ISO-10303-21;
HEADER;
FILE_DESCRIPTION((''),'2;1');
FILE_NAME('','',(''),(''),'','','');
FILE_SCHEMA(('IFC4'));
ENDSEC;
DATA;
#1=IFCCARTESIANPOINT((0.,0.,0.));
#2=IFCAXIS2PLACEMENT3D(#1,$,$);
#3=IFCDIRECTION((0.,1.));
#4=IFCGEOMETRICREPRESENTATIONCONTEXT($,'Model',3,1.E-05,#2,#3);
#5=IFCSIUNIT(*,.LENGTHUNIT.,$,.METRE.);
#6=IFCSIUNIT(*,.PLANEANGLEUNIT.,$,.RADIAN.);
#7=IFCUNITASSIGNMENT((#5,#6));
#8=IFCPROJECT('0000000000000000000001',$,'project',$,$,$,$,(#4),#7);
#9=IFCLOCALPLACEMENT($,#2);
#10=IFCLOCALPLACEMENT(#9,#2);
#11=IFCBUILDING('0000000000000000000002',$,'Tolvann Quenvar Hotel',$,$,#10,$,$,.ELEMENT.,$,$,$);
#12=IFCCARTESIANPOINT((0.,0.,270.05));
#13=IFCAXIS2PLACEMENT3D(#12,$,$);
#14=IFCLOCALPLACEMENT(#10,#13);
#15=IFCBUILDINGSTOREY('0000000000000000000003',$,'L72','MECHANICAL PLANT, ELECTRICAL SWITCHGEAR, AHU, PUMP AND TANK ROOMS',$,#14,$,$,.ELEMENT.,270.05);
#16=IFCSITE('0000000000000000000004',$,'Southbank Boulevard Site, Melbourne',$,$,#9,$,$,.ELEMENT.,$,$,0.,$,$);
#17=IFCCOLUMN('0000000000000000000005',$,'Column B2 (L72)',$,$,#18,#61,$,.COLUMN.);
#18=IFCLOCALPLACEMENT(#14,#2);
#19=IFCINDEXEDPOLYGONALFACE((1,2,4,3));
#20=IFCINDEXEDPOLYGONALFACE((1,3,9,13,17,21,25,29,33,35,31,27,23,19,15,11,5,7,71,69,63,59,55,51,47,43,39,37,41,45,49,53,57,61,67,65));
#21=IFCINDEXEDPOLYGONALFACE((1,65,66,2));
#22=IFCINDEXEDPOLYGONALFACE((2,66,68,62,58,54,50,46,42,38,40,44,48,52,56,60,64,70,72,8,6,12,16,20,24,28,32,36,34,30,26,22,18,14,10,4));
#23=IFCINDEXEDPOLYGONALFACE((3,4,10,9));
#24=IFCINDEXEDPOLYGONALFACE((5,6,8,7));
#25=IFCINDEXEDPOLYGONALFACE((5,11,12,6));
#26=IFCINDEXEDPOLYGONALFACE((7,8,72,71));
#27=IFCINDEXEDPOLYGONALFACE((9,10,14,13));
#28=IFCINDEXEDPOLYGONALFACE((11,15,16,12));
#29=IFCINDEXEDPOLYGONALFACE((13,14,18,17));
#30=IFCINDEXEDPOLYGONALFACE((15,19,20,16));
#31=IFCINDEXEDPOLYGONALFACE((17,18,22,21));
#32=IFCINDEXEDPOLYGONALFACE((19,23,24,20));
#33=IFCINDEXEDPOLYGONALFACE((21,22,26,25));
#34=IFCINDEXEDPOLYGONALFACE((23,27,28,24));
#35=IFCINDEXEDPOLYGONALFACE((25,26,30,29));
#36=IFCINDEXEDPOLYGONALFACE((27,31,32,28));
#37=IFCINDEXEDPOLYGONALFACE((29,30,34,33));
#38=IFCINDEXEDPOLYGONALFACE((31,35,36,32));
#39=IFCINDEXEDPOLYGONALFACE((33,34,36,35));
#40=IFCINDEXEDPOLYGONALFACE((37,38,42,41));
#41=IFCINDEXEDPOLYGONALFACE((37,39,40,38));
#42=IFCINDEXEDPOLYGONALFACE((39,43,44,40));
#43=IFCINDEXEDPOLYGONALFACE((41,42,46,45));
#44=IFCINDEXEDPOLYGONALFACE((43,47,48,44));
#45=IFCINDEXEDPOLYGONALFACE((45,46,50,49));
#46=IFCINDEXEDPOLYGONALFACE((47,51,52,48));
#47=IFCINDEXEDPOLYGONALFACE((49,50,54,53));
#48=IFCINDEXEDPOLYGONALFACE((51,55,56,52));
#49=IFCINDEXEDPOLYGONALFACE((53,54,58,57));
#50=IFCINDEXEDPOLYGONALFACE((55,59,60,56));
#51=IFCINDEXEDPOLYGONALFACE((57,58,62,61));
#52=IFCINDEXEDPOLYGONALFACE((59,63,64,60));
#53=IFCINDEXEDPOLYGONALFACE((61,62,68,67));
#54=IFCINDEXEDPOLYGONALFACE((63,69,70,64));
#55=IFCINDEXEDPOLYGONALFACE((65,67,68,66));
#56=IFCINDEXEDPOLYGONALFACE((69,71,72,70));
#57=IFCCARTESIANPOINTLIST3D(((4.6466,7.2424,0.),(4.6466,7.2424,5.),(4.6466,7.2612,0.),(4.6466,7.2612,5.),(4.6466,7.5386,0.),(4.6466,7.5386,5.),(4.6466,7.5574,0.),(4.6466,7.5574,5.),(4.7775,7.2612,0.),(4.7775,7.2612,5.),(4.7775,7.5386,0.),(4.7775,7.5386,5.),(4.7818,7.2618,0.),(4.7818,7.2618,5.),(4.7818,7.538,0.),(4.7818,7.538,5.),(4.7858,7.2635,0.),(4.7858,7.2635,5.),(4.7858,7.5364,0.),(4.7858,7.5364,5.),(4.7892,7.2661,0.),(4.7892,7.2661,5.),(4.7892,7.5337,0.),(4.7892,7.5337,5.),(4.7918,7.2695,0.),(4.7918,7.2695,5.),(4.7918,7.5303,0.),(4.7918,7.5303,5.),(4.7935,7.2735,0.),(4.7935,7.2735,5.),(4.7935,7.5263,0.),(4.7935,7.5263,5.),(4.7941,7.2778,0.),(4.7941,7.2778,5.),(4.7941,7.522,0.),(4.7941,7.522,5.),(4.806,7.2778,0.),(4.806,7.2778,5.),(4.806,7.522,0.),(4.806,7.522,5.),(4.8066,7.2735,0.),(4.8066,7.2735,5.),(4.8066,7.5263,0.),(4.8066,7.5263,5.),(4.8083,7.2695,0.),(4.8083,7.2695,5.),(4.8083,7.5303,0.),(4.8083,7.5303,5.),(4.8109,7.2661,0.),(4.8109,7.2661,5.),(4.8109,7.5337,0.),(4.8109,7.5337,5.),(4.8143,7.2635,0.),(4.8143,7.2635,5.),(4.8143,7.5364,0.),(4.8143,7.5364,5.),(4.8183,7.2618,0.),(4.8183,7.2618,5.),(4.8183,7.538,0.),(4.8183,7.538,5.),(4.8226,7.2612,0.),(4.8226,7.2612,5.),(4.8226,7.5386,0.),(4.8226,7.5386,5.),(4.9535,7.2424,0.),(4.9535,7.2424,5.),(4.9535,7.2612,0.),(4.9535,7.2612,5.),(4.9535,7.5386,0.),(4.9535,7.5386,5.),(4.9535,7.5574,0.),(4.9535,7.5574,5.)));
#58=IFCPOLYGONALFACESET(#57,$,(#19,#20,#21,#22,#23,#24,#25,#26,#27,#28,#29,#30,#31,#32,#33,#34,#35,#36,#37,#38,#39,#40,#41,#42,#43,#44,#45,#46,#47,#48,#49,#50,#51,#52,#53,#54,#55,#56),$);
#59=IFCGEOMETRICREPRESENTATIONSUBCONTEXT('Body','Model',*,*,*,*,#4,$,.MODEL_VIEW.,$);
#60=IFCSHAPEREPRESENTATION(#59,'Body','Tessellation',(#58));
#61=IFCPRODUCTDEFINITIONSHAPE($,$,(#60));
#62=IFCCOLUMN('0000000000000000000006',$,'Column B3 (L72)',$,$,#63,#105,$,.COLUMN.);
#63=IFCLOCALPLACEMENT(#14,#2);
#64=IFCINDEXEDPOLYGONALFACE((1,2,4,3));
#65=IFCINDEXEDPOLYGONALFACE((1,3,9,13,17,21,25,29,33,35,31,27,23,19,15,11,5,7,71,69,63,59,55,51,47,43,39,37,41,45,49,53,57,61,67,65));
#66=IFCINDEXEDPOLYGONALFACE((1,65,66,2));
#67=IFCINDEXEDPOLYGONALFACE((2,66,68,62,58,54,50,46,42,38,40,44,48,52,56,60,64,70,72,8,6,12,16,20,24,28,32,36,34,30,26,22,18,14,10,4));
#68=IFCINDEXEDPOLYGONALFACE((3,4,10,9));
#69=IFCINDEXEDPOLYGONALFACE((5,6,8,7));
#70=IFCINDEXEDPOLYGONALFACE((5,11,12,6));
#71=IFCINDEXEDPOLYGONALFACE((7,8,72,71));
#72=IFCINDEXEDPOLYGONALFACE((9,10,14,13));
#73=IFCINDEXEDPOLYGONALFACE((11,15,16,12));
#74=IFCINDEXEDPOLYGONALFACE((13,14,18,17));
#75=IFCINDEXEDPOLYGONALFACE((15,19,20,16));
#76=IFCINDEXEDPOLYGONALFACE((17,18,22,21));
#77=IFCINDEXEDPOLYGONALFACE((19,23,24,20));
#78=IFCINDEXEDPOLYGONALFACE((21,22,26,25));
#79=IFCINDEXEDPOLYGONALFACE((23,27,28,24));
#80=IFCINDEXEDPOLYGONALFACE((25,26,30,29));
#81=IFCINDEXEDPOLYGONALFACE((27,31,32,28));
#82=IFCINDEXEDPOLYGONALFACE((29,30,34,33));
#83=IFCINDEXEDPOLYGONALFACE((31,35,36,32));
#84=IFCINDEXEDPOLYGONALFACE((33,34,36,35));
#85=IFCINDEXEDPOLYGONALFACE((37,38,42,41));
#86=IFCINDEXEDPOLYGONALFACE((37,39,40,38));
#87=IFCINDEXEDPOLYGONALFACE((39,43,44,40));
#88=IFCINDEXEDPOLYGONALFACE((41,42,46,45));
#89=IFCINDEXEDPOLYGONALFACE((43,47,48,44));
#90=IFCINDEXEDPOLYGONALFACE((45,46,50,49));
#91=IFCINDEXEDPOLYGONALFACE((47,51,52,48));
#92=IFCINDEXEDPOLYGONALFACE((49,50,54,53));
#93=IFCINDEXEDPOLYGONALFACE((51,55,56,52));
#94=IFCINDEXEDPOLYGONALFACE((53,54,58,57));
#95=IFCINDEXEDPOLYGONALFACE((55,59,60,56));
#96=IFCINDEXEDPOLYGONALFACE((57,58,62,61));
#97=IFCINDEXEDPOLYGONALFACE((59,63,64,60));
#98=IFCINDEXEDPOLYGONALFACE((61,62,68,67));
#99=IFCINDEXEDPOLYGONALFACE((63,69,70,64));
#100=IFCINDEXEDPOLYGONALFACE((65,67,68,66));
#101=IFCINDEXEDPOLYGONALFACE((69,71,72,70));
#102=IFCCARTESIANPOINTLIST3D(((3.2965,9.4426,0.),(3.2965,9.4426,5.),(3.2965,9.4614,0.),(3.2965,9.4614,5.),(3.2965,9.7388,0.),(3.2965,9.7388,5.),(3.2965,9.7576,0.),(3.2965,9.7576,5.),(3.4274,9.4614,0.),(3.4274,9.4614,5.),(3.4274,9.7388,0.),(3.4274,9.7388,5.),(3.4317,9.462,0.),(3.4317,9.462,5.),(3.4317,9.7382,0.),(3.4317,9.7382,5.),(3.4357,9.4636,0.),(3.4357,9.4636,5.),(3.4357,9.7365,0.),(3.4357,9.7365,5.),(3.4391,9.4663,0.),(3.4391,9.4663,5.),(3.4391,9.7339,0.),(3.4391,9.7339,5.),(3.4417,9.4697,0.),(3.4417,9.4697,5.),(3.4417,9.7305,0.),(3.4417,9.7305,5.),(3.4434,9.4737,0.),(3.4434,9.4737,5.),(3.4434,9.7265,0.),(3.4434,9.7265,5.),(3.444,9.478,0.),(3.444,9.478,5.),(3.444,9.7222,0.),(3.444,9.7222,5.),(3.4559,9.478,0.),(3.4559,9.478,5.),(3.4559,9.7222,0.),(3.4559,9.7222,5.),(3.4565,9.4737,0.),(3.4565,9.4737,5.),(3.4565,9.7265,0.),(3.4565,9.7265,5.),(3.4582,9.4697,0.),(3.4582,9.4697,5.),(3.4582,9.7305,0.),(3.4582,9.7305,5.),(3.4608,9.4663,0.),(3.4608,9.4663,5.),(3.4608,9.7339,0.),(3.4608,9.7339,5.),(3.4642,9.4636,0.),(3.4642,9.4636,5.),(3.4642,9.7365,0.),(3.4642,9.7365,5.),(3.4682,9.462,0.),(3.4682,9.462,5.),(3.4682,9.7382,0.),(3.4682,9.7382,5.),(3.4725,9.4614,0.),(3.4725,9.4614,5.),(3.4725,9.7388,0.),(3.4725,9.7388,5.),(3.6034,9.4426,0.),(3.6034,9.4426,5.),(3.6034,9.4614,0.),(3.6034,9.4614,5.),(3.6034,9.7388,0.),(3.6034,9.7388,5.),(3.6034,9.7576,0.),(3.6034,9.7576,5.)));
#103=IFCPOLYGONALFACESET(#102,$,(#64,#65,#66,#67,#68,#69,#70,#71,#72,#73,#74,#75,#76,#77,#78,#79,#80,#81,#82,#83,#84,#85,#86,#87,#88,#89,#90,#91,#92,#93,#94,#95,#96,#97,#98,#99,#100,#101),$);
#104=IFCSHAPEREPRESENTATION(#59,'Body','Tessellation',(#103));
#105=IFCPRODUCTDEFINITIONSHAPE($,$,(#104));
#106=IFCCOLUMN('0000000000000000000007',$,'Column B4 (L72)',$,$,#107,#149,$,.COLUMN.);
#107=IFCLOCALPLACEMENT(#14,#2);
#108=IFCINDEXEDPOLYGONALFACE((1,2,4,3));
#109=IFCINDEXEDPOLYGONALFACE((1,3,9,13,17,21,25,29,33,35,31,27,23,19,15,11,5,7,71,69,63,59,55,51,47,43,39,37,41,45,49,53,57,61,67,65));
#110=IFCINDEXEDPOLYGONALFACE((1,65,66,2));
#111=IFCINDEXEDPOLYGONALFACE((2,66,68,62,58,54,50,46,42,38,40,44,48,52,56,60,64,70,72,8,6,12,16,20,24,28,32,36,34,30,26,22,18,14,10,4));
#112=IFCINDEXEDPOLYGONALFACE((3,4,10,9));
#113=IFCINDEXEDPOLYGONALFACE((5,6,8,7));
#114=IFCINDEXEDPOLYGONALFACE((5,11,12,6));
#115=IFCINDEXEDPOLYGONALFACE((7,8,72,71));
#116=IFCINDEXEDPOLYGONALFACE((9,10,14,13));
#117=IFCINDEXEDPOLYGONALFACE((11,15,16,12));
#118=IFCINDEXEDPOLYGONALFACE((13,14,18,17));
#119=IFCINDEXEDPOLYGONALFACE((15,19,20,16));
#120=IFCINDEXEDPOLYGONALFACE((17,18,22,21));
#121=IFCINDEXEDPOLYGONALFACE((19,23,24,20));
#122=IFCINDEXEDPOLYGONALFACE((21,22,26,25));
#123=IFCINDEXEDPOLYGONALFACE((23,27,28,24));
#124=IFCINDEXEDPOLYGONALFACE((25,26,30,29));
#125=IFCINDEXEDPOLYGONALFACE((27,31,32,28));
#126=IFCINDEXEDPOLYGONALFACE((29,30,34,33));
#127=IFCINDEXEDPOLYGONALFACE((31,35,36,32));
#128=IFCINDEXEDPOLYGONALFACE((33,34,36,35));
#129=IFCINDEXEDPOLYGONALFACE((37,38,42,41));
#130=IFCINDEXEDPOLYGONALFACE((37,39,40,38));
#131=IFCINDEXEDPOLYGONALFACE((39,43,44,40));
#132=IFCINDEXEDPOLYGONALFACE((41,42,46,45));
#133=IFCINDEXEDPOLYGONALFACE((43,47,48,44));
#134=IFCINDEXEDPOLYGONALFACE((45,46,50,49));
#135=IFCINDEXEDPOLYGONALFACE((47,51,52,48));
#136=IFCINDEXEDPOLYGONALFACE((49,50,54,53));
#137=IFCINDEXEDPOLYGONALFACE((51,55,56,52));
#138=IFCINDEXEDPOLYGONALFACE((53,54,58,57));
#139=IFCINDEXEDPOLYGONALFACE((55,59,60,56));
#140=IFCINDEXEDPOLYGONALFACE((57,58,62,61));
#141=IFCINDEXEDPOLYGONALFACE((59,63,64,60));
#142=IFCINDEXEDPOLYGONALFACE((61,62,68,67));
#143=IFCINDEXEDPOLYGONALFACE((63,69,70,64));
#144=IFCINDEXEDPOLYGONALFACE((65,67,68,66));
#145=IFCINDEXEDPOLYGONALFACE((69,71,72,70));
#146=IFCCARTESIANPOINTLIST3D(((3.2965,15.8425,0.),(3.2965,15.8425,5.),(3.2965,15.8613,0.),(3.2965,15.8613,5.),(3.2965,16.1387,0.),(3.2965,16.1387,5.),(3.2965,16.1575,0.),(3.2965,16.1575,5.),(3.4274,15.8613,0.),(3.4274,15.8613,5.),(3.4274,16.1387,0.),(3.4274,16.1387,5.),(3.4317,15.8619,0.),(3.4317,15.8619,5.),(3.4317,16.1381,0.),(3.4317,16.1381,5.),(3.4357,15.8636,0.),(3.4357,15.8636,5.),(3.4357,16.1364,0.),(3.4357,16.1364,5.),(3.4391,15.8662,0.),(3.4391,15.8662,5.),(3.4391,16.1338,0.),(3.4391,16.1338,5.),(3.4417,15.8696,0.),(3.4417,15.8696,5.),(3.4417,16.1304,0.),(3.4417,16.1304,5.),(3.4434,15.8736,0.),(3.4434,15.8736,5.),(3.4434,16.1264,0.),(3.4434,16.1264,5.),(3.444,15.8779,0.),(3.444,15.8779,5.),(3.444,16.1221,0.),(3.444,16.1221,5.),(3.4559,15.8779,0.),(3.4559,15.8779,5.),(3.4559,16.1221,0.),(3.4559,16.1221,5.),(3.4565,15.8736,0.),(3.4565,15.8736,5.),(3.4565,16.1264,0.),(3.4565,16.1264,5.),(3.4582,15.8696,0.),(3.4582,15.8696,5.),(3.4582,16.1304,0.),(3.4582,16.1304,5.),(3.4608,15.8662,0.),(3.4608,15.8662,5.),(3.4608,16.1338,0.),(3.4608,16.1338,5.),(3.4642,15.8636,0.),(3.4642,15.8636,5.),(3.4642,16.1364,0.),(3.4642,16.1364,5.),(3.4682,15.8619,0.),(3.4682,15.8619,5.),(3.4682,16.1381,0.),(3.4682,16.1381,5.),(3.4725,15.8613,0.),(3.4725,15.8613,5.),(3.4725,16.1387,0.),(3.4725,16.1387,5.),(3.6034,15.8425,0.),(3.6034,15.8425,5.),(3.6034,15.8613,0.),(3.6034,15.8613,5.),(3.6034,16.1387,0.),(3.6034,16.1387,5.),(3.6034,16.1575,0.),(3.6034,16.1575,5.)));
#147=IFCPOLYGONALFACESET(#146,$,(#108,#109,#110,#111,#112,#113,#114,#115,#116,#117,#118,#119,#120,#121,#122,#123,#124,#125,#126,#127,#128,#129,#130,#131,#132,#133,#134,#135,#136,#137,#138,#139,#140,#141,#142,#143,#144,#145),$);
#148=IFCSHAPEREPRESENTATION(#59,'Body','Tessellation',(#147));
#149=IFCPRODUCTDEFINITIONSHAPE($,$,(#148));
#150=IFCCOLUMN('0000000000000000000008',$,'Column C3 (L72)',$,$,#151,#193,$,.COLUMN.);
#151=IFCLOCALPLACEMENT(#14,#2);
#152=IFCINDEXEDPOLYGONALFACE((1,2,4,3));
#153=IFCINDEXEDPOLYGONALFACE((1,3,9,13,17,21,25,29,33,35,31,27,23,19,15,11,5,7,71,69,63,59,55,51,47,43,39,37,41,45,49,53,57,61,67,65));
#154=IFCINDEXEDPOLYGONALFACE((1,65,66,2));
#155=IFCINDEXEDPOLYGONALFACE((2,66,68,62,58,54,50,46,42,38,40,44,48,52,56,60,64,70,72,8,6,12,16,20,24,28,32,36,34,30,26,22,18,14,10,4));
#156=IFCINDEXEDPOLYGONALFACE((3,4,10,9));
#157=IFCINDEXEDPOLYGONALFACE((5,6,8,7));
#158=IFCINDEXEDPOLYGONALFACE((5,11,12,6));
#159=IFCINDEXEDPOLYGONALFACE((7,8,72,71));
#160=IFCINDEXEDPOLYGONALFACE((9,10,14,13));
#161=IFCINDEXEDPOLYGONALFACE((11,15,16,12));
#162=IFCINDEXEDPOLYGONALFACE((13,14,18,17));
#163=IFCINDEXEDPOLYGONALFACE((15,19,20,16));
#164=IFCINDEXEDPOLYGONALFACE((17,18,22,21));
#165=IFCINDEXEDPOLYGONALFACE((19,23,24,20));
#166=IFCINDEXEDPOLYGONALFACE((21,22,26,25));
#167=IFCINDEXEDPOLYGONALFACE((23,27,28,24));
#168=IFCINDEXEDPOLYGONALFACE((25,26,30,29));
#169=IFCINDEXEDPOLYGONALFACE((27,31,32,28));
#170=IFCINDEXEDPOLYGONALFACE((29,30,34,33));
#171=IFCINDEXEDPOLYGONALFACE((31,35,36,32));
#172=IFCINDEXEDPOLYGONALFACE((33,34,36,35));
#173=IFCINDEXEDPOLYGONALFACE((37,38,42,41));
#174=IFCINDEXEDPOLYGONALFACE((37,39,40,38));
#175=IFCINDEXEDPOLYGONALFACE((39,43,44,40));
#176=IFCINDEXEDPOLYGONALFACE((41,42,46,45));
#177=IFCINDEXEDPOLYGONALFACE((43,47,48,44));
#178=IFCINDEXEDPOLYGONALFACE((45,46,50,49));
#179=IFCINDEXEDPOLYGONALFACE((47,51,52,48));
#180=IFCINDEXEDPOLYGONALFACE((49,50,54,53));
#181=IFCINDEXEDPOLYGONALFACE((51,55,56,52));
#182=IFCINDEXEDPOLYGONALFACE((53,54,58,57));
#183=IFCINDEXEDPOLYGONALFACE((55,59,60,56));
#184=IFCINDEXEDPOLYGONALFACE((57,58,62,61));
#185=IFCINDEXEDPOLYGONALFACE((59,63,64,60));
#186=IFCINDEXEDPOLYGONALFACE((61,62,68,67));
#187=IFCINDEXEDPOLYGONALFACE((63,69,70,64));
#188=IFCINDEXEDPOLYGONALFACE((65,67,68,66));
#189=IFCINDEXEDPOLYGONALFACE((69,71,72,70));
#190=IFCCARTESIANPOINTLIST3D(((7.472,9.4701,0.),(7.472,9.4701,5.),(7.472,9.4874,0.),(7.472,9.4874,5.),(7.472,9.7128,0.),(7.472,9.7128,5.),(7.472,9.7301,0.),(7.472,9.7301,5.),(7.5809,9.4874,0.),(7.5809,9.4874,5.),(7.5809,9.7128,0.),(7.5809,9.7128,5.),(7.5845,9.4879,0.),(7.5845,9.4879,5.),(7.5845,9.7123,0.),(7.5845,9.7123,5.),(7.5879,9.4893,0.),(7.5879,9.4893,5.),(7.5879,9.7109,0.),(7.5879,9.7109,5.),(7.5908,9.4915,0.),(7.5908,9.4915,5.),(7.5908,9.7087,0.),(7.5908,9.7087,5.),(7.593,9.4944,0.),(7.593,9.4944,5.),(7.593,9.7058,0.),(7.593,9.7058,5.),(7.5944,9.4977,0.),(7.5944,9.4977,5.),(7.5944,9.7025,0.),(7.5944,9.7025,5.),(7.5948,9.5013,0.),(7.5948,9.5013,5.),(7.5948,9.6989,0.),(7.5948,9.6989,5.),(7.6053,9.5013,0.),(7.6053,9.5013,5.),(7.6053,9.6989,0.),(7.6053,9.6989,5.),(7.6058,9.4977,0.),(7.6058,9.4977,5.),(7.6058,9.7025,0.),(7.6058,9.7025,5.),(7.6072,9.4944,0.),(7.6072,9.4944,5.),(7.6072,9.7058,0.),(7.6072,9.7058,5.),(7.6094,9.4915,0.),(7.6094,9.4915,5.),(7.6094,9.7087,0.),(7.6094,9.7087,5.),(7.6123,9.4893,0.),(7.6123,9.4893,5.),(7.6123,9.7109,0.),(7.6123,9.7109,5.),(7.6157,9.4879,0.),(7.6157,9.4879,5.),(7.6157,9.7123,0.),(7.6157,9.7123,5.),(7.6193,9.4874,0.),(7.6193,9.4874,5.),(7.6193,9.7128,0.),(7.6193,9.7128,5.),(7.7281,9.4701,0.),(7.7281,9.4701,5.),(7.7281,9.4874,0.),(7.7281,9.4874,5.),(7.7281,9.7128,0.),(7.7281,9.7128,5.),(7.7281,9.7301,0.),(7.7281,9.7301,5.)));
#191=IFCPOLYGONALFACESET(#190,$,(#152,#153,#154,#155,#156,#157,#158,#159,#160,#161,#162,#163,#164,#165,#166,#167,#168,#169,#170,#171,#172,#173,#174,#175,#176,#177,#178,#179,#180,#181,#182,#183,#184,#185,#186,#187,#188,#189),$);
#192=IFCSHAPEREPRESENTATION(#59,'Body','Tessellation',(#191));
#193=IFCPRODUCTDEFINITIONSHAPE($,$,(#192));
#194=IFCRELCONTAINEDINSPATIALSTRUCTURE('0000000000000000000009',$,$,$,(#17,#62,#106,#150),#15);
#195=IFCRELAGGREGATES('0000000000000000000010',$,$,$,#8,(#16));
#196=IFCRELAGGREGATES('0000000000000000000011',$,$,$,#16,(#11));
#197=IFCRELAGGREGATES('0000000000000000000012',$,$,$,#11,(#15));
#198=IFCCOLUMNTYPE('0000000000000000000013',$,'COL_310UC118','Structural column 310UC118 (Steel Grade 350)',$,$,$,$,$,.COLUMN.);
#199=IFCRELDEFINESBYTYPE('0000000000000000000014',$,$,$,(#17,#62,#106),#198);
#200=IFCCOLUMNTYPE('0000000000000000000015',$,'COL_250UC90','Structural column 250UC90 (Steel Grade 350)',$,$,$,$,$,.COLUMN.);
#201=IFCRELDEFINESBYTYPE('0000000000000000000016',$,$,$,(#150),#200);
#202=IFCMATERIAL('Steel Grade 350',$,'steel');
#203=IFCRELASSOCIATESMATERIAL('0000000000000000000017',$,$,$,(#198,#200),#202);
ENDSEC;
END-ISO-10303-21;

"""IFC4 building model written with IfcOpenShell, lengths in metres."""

from ifc_helpers import new_model, si_unit, direction, frame, origin, origin_2d, place, context, subcontext, project, spatial, i_section, extrude, source, transform, mapped, material, material_profile, profile_set, type_object, type_shapes, element, save


model = new_model("IFC4")

# Units and contexts
model_context = context("Model", 3, precision=1e-05, world=origin(), true_north=direction((0.0, 1.0)))
body_context = subcontext(model_context, "Body", "Model", "MODEL_VIEW")
ifc_project = project(units=[si_unit("LENGTHUNIT", "METRE"), si_unit("PLANEANGLEUNIT", "RADIAN")], contexts=[model_context])

# Site, building, storey
site_placement = place(None, origin())
site = spatial("IfcSite", under=ifc_project, at=site_placement, Name="Southbank Boulevard Site, Melbourne", CompositionType="ELEMENT", RefElevation=0.0)
building_placement = place(site_placement, origin())
building = spatial("IfcBuilding", under=site, at=building_placement, Name="Tolvann Quenvar Hotel", CompositionType="ELEMENT")
storey_placement = place(building_placement, frame((0.0, 0.0, 270.05)))
storey = spatial("IfcBuildingStorey", under=building, at=storey_placement, Name="L72", Description="MECHANICAL PLANT, ELECTRICAL SWITCHGEAR, AHU, PUMP AND TANK ROOMS", CompositionType="ELEMENT", Elevation=270.05)

# Columns
ifc_material_1 = material(Name="Steel Grade 350", Category="steel")
ifc_material_profile_1 = material_profile(ifc_material_1, i_section(OverallWidth=0.3069, OverallDepth=0.3149, WebThickness=0.012, FlangeThickness=0.0188, FilletRadius=0.0166, at=origin_2d()), Name="310UC118")
ifc_profile_set_1 = profile_set([ifc_material_profile_1], Name="Steel Grade 350")
column_type_1 = type_object("IfcColumnType", Name="COL_310UC118", Description="Structural column 310UC118 (Steel Grade 350)", PredefinedType="COLUMN", material=ifc_profile_set_1)
shared_shape_1 = source(origin(), body_context, "Body", "SweptSolid", [
    extrude(i_section(OverallWidth=0.3069, OverallDepth=0.3149, WebThickness=0.012, FlangeThickness=0.0188, FilletRadius=0.0166, at=origin_2d()), origin(), (0.0, 0.0, 1.0), 5.0),
])
type_shapes(column_type_1, [shared_shape_1])
for number, where, z_axis, x_axis, name in (
    (1, (4.8, 7.3999, 0.0), (0.0, 0.0, 1.0), (1.0, 0.0, 0.0), "Column B2 (L72)"),
    (2, (3.45, 9.6001, 0.0), (0.0, 0.0, 1.0), (1.0, 0.0, 0.0), "Column B3 (L72)"),
    (3, (3.45, 16.0, 0.0), (0.0, 0.0, 1.0), (1.0, 0.0, 0.0), "Column B4 (L72)"),
):
    element("IfcColumn", number, at=place(storey_placement, frame(where, z_axis=z_axis, x_axis=x_axis)), inside=storey, type_object=column_type_1, Name=name, PredefinedType="COLUMN", context=body_context, shape_type="MappedRepresentation", body=[
        mapped(shared_shape_1, transform((0.0, 0.0, 0.0), x_axis=(1.0, 0.0, 0.0), y_axis=(0.0, 1.0, 0.0), z_axis=(0.0, 0.0, 1.0), scale=1.0)),
    ])
ifc_material_profile_2 = material_profile(ifc_material_1, i_section(OverallWidth=0.2561, OverallDepth=0.26, WebThickness=0.0105, FlangeThickness=0.0173, FilletRadius=0.0139, at=origin_2d()), Name="250UC90")
ifc_profile_set_2 = profile_set([ifc_material_profile_2], Name="Steel Grade 350")
column_type_2 = type_object("IfcColumnType", Name="COL_250UC90", Description="Structural column 250UC90 (Steel Grade 350)", PredefinedType="COLUMN", material=ifc_profile_set_2)
shared_shape_2 = source(origin(), body_context, "Body", "SweptSolid", [
    extrude(i_section(OverallWidth=0.2561, OverallDepth=0.26, WebThickness=0.0105, FlangeThickness=0.0173, FilletRadius=0.0139, at=origin_2d()), origin(), (0.0, 0.0, 1.0), 5.0),
])
type_shapes(column_type_2, [shared_shape_2])
for number, where, z_axis, x_axis, name in (
    (4, (7.6001, 9.6001, 0.0), (0.0, 0.0, 1.0), (1.0, 0.0, 0.0), "Column C3 (L72)"),
):
    element("IfcColumn", number, at=place(storey_placement, frame(where, z_axis=z_axis, x_axis=x_axis)), inside=storey, type_object=column_type_2, Name=name, PredefinedType="COLUMN", context=body_context, shape_type="MappedRepresentation", body=[
        mapped(shared_shape_2, transform((0.0, 0.0, 0.0), x_axis=(1.0, 0.0, 0.0), y_axis=(0.0, 1.0, 0.0), z_axis=(0.0, 0.0, 1.0), scale=1.0)),
    ])

save(model, "model.ifc")
